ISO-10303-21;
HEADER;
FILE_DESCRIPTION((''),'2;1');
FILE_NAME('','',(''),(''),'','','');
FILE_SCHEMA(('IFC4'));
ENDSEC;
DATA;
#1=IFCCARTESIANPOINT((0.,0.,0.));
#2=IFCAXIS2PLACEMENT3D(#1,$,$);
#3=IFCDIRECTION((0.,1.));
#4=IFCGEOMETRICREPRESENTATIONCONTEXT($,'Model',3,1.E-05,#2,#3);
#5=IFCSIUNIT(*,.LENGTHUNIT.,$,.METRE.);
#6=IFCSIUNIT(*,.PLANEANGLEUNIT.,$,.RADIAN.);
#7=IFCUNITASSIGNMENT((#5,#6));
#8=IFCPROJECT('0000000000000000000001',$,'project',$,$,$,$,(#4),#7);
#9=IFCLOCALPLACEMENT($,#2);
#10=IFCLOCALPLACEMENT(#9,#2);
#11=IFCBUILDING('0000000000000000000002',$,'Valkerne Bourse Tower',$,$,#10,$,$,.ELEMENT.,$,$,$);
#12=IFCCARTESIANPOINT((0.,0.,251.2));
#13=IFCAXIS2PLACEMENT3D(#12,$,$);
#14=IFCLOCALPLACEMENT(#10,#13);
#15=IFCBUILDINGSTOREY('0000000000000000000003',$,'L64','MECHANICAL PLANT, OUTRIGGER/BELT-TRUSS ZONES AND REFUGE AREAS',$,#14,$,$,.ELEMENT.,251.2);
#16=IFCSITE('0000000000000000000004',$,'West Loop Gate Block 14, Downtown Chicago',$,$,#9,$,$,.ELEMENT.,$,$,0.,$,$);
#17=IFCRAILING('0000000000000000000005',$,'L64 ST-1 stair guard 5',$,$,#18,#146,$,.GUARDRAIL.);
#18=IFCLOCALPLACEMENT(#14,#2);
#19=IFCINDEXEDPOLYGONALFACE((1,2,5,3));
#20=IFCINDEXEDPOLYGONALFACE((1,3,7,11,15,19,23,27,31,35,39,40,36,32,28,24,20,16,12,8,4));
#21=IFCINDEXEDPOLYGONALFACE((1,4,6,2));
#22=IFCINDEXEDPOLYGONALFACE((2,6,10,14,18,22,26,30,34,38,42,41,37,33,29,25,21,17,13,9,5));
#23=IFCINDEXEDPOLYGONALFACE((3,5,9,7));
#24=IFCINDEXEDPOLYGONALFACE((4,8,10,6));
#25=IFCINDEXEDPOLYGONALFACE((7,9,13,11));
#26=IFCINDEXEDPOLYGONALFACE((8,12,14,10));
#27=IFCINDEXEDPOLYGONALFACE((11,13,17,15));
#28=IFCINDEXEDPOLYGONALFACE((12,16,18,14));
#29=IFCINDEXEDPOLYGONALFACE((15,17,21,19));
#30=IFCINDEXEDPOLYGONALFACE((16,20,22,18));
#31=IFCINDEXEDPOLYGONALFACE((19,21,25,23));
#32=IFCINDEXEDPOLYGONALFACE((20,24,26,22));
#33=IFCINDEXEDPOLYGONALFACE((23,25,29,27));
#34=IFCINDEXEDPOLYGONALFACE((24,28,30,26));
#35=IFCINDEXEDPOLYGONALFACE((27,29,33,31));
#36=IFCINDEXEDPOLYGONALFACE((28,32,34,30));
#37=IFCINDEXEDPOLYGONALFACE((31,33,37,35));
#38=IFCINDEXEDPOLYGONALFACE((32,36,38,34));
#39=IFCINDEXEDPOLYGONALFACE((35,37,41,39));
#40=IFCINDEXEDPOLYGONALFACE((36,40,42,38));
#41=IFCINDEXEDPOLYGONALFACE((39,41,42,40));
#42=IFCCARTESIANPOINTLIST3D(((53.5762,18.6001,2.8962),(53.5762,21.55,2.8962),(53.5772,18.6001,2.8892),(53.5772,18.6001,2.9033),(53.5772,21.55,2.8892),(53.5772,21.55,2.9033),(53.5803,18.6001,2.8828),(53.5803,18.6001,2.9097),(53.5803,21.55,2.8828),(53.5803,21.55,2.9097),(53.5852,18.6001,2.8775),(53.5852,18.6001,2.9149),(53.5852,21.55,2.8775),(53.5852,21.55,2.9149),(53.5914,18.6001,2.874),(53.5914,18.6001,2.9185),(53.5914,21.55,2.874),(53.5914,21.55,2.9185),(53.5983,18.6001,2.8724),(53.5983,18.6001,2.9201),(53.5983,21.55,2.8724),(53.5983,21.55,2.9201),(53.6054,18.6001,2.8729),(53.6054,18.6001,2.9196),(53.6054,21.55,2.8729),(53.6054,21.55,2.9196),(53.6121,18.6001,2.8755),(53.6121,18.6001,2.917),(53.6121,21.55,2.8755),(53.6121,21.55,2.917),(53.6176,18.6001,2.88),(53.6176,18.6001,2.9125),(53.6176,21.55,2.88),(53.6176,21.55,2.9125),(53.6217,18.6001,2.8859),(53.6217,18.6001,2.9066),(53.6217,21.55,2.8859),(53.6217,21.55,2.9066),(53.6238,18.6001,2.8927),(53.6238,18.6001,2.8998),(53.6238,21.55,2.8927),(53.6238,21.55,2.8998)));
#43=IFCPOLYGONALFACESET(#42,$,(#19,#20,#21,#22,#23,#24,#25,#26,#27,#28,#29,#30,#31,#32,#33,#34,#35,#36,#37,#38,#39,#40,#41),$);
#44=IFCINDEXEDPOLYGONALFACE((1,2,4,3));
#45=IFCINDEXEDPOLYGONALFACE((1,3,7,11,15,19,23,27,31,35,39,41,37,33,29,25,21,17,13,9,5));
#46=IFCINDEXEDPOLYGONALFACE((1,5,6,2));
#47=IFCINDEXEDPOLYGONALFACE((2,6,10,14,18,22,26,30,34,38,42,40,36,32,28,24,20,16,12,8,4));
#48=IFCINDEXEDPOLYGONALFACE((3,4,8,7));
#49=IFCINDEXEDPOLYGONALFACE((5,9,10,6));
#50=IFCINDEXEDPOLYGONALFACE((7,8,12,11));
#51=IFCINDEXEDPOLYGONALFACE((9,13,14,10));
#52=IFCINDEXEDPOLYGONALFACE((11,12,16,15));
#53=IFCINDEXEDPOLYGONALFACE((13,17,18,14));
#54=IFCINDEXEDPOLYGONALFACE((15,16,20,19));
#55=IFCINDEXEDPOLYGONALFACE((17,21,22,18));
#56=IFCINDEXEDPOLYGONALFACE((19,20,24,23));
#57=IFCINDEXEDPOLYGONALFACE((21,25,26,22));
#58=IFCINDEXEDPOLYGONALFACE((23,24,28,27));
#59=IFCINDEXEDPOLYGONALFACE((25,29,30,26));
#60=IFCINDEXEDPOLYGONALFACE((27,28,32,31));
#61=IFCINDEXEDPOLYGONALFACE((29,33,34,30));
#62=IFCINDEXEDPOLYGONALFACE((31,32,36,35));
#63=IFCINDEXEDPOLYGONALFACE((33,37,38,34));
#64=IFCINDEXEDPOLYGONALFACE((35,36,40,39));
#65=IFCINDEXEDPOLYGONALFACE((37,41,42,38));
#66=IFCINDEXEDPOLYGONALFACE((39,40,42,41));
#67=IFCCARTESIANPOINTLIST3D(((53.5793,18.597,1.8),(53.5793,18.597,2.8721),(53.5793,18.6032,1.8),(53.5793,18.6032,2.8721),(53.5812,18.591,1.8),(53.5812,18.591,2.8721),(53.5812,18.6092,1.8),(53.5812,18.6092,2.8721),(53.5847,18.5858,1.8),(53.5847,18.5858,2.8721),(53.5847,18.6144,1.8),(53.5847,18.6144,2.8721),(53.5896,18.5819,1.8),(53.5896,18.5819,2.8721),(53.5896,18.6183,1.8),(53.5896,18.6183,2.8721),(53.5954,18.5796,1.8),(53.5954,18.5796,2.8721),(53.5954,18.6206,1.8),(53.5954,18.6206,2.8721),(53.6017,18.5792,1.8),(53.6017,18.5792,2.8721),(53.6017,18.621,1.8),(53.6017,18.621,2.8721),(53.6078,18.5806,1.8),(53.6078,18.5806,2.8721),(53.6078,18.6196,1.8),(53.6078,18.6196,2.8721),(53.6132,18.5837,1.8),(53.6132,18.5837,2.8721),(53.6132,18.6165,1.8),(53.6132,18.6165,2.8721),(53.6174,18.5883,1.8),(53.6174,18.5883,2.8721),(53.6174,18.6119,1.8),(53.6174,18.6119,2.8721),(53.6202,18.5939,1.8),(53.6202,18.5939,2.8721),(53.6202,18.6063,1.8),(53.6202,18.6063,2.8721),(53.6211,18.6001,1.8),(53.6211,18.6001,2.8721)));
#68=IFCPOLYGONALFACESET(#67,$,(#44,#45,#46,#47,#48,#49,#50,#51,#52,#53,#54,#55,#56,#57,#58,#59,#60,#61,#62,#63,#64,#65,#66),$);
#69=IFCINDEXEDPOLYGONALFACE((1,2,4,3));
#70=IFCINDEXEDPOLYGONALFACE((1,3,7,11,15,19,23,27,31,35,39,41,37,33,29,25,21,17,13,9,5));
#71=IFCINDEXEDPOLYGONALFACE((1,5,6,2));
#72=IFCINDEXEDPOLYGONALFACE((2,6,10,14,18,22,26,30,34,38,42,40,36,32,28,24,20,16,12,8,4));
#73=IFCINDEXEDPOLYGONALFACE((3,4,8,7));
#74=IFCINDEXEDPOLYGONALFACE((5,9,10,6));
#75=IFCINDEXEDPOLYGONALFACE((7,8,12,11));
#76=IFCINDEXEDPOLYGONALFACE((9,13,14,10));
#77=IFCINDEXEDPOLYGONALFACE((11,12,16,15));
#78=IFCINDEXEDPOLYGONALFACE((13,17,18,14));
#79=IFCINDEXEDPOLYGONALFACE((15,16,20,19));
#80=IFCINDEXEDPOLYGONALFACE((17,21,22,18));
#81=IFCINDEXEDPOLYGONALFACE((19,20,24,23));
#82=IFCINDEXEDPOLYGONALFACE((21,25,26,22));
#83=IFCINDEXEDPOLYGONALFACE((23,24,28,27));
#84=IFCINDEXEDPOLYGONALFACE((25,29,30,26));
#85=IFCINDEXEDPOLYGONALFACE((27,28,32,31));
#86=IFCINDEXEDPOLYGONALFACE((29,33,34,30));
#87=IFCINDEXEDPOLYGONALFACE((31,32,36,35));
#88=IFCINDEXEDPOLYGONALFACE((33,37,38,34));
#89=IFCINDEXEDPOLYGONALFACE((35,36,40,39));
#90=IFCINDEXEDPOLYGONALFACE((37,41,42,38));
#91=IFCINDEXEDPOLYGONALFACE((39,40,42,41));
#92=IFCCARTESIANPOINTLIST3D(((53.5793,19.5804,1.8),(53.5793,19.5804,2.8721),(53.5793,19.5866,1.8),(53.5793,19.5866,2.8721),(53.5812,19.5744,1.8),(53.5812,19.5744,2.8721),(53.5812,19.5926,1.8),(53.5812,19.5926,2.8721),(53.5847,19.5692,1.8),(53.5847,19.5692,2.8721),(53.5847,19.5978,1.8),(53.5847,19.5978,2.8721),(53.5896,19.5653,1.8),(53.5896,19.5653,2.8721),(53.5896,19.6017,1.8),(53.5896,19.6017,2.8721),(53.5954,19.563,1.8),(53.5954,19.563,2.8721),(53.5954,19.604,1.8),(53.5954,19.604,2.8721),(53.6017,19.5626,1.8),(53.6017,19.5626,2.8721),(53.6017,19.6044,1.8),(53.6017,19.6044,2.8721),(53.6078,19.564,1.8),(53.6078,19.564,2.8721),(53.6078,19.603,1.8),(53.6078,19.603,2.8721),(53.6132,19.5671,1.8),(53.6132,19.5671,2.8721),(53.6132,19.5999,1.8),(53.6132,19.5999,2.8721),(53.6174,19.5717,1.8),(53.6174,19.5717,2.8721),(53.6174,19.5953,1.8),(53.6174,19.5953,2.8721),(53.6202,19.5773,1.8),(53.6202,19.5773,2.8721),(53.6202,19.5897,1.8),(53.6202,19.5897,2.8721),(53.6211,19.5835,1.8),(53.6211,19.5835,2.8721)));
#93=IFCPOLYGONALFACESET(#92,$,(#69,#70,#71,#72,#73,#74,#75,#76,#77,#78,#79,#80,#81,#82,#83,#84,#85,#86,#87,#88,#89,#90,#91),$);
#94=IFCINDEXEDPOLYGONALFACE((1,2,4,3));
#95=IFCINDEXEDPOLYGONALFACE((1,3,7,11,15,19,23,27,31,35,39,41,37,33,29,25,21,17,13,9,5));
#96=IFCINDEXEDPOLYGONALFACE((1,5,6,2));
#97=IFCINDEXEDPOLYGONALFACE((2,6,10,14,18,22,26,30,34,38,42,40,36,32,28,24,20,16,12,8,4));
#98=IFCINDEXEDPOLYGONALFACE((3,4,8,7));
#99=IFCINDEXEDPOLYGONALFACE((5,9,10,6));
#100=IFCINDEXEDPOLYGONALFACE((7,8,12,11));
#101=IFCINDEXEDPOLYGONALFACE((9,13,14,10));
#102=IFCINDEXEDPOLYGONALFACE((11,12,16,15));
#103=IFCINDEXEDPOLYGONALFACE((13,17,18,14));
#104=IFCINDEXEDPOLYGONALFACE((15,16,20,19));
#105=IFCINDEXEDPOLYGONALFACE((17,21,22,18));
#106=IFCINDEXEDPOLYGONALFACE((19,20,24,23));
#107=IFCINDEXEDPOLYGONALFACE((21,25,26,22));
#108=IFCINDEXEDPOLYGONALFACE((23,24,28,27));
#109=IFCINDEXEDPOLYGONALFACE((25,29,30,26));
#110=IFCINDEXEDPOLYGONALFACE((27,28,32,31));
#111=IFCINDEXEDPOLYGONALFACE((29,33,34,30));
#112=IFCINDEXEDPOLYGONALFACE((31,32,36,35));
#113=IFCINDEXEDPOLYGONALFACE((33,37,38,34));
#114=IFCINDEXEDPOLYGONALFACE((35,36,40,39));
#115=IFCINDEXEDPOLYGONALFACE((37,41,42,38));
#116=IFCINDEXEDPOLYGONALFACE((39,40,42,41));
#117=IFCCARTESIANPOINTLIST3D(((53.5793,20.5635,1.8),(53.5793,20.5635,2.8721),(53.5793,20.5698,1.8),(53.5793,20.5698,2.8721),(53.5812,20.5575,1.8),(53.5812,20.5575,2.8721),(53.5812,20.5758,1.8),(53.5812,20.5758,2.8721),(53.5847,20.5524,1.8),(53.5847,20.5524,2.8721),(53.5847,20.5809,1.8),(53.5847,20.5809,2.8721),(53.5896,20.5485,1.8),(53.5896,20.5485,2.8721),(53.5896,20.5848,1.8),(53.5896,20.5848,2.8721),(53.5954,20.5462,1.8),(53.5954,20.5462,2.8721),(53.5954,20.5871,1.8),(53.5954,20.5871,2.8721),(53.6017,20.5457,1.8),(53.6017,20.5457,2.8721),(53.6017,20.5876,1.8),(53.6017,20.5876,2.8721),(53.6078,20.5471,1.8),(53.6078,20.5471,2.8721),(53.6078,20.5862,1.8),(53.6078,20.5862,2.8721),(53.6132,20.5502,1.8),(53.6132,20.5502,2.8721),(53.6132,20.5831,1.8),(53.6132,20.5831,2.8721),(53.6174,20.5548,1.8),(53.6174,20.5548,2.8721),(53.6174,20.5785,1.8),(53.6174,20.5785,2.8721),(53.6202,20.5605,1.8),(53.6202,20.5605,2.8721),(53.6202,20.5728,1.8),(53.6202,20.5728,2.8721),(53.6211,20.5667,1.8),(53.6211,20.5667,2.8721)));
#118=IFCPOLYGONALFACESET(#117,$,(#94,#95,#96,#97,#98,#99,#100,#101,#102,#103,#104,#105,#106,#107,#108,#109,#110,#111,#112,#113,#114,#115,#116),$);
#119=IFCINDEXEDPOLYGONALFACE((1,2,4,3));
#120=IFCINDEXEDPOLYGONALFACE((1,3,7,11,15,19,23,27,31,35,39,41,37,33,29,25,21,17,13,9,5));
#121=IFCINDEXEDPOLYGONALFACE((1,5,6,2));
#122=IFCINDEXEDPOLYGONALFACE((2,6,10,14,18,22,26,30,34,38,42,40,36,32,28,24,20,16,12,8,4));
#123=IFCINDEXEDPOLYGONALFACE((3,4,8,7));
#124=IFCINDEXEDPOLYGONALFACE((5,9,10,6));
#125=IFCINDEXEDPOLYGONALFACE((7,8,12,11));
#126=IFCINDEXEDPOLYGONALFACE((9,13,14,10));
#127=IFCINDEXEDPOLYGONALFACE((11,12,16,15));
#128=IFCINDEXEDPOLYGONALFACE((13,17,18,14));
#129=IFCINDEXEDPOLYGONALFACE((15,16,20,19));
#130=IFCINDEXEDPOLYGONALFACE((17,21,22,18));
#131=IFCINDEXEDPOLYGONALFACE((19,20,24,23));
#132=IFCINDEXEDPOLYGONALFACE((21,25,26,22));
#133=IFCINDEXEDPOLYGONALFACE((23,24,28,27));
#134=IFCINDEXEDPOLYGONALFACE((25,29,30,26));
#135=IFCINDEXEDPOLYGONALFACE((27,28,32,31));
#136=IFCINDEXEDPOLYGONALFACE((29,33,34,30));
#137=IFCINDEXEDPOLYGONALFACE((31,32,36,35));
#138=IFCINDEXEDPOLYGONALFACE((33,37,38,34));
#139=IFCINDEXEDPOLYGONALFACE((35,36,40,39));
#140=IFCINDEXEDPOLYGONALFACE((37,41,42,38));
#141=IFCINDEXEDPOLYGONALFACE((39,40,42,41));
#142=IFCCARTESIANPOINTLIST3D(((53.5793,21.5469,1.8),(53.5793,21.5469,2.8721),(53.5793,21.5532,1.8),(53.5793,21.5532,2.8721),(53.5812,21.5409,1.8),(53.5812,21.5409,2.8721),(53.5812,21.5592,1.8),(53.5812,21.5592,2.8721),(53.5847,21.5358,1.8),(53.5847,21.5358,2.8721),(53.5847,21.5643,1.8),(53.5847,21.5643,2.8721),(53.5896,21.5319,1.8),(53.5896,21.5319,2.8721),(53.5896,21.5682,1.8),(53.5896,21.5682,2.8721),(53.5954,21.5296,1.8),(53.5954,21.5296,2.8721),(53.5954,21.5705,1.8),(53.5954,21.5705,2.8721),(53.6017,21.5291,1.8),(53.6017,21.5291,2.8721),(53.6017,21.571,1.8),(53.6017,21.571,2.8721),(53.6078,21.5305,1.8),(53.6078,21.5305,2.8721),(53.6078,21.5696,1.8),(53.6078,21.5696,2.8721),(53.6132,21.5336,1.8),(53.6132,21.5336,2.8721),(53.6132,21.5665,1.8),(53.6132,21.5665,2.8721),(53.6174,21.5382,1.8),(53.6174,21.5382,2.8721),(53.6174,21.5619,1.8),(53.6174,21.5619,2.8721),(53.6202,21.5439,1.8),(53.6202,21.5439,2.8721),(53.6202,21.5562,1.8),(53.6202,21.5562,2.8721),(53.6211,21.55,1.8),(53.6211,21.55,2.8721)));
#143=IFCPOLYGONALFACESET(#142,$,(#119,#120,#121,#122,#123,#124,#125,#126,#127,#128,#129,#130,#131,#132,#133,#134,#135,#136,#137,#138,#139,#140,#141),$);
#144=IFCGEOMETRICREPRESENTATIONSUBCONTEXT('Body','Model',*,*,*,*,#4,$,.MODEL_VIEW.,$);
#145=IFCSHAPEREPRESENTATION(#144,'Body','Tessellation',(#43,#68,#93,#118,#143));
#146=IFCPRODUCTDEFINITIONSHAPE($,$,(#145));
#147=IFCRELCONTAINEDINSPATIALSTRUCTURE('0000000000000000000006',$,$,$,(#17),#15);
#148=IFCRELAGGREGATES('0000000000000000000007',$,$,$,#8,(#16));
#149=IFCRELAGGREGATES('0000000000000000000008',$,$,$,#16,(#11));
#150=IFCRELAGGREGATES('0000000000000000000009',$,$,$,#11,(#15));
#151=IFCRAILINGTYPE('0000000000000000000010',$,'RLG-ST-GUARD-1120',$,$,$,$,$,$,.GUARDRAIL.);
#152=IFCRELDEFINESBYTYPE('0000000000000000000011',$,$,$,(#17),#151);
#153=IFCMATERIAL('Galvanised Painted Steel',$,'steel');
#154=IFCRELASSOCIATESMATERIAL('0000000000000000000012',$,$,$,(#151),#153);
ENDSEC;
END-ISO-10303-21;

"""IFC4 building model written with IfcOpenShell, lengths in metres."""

from ifc_helpers import new_model, si_unit, direction, frame, origin, origin_2d, place, context, subcontext, project, spatial, circle, extrude, material, type_object, element, save


model = new_model("IFC4")

# Units and contexts
model_context = context("Model", 3, precision=1e-05, world=origin(), true_north=direction((0.0, 1.0)))
body_context = subcontext(model_context, "Body", "Model", "MODEL_VIEW")
ifc_project = project(units=[si_unit("LENGTHUNIT", "METRE"), si_unit("PLANEANGLEUNIT", "RADIAN")], contexts=[model_context])

# Site, building, storey
site_placement = place(None, origin())
site = spatial("IfcSite", under=ifc_project, at=site_placement, Name="West Loop Gate Block 14, Downtown Chicago", CompositionType="ELEMENT", RefElevation=0.0)
building_placement = place(site_placement, origin())
building = spatial("IfcBuilding", under=site, at=building_placement, Name="Valkerne Bourse Tower", CompositionType="ELEMENT")
storey_placement = place(building_placement, frame((0.0, 0.0, 251.2)))
storey = spatial("IfcBuildingStorey", under=building, at=storey_placement, Name="L64", Description="MECHANICAL PLANT, OUTRIGGER/BELT-TRUSS ZONES AND REFUGE AREAS", CompositionType="ELEMENT", Elevation=251.2)

# Railing
ifc_material_1 = material(Name="Galvanised Painted Steel", Category="steel")
railing_type_1 = type_object("IfcRailingType", Name="RLG-ST-GUARD-1120", PredefinedType="GUARDRAIL", material=ifc_material_1)
railing_1_placement = place(storey_placement, frame((53.6001, 18.6001, 1.8)))
element("IfcRailing", 1, at=railing_1_placement, inside=storey, type_object=railing_type_1, Name="L64 ST-1 stair guard 5", PredefinedType="GUARDRAIL", context=body_context, shape_type="SweptSolid", body=[
    extrude(circle(Radius=0.0239, at=origin_2d()), frame((0.0, 0.0, 1.0962), z_axis=(0.0, 1.0, 0.0), x_axis=(-1.0, 0.0, 0.0)), (0.0, 0.0, 1.0), 2.95),
    extrude(circle(Radius=0.021, at=origin_2d()), origin(), (0.0, 0.0, 1.0), 1.072),
    extrude(circle(Radius=0.021, at=origin_2d()), frame((0.0, 0.9834, 0.0)), (0.0, 0.0, 1.0), 1.072),
    extrude(circle(Radius=0.021, at=origin_2d()), frame((0.0, 1.9666, 0.0)), (0.0, 0.0, 1.0), 1.072),
    extrude(circle(Radius=0.021, at=origin_2d()), frame((0.0, 2.95, 0.0)), (0.0, 0.0, 1.0), 1.072),
])

save(model, "model.ifc")
